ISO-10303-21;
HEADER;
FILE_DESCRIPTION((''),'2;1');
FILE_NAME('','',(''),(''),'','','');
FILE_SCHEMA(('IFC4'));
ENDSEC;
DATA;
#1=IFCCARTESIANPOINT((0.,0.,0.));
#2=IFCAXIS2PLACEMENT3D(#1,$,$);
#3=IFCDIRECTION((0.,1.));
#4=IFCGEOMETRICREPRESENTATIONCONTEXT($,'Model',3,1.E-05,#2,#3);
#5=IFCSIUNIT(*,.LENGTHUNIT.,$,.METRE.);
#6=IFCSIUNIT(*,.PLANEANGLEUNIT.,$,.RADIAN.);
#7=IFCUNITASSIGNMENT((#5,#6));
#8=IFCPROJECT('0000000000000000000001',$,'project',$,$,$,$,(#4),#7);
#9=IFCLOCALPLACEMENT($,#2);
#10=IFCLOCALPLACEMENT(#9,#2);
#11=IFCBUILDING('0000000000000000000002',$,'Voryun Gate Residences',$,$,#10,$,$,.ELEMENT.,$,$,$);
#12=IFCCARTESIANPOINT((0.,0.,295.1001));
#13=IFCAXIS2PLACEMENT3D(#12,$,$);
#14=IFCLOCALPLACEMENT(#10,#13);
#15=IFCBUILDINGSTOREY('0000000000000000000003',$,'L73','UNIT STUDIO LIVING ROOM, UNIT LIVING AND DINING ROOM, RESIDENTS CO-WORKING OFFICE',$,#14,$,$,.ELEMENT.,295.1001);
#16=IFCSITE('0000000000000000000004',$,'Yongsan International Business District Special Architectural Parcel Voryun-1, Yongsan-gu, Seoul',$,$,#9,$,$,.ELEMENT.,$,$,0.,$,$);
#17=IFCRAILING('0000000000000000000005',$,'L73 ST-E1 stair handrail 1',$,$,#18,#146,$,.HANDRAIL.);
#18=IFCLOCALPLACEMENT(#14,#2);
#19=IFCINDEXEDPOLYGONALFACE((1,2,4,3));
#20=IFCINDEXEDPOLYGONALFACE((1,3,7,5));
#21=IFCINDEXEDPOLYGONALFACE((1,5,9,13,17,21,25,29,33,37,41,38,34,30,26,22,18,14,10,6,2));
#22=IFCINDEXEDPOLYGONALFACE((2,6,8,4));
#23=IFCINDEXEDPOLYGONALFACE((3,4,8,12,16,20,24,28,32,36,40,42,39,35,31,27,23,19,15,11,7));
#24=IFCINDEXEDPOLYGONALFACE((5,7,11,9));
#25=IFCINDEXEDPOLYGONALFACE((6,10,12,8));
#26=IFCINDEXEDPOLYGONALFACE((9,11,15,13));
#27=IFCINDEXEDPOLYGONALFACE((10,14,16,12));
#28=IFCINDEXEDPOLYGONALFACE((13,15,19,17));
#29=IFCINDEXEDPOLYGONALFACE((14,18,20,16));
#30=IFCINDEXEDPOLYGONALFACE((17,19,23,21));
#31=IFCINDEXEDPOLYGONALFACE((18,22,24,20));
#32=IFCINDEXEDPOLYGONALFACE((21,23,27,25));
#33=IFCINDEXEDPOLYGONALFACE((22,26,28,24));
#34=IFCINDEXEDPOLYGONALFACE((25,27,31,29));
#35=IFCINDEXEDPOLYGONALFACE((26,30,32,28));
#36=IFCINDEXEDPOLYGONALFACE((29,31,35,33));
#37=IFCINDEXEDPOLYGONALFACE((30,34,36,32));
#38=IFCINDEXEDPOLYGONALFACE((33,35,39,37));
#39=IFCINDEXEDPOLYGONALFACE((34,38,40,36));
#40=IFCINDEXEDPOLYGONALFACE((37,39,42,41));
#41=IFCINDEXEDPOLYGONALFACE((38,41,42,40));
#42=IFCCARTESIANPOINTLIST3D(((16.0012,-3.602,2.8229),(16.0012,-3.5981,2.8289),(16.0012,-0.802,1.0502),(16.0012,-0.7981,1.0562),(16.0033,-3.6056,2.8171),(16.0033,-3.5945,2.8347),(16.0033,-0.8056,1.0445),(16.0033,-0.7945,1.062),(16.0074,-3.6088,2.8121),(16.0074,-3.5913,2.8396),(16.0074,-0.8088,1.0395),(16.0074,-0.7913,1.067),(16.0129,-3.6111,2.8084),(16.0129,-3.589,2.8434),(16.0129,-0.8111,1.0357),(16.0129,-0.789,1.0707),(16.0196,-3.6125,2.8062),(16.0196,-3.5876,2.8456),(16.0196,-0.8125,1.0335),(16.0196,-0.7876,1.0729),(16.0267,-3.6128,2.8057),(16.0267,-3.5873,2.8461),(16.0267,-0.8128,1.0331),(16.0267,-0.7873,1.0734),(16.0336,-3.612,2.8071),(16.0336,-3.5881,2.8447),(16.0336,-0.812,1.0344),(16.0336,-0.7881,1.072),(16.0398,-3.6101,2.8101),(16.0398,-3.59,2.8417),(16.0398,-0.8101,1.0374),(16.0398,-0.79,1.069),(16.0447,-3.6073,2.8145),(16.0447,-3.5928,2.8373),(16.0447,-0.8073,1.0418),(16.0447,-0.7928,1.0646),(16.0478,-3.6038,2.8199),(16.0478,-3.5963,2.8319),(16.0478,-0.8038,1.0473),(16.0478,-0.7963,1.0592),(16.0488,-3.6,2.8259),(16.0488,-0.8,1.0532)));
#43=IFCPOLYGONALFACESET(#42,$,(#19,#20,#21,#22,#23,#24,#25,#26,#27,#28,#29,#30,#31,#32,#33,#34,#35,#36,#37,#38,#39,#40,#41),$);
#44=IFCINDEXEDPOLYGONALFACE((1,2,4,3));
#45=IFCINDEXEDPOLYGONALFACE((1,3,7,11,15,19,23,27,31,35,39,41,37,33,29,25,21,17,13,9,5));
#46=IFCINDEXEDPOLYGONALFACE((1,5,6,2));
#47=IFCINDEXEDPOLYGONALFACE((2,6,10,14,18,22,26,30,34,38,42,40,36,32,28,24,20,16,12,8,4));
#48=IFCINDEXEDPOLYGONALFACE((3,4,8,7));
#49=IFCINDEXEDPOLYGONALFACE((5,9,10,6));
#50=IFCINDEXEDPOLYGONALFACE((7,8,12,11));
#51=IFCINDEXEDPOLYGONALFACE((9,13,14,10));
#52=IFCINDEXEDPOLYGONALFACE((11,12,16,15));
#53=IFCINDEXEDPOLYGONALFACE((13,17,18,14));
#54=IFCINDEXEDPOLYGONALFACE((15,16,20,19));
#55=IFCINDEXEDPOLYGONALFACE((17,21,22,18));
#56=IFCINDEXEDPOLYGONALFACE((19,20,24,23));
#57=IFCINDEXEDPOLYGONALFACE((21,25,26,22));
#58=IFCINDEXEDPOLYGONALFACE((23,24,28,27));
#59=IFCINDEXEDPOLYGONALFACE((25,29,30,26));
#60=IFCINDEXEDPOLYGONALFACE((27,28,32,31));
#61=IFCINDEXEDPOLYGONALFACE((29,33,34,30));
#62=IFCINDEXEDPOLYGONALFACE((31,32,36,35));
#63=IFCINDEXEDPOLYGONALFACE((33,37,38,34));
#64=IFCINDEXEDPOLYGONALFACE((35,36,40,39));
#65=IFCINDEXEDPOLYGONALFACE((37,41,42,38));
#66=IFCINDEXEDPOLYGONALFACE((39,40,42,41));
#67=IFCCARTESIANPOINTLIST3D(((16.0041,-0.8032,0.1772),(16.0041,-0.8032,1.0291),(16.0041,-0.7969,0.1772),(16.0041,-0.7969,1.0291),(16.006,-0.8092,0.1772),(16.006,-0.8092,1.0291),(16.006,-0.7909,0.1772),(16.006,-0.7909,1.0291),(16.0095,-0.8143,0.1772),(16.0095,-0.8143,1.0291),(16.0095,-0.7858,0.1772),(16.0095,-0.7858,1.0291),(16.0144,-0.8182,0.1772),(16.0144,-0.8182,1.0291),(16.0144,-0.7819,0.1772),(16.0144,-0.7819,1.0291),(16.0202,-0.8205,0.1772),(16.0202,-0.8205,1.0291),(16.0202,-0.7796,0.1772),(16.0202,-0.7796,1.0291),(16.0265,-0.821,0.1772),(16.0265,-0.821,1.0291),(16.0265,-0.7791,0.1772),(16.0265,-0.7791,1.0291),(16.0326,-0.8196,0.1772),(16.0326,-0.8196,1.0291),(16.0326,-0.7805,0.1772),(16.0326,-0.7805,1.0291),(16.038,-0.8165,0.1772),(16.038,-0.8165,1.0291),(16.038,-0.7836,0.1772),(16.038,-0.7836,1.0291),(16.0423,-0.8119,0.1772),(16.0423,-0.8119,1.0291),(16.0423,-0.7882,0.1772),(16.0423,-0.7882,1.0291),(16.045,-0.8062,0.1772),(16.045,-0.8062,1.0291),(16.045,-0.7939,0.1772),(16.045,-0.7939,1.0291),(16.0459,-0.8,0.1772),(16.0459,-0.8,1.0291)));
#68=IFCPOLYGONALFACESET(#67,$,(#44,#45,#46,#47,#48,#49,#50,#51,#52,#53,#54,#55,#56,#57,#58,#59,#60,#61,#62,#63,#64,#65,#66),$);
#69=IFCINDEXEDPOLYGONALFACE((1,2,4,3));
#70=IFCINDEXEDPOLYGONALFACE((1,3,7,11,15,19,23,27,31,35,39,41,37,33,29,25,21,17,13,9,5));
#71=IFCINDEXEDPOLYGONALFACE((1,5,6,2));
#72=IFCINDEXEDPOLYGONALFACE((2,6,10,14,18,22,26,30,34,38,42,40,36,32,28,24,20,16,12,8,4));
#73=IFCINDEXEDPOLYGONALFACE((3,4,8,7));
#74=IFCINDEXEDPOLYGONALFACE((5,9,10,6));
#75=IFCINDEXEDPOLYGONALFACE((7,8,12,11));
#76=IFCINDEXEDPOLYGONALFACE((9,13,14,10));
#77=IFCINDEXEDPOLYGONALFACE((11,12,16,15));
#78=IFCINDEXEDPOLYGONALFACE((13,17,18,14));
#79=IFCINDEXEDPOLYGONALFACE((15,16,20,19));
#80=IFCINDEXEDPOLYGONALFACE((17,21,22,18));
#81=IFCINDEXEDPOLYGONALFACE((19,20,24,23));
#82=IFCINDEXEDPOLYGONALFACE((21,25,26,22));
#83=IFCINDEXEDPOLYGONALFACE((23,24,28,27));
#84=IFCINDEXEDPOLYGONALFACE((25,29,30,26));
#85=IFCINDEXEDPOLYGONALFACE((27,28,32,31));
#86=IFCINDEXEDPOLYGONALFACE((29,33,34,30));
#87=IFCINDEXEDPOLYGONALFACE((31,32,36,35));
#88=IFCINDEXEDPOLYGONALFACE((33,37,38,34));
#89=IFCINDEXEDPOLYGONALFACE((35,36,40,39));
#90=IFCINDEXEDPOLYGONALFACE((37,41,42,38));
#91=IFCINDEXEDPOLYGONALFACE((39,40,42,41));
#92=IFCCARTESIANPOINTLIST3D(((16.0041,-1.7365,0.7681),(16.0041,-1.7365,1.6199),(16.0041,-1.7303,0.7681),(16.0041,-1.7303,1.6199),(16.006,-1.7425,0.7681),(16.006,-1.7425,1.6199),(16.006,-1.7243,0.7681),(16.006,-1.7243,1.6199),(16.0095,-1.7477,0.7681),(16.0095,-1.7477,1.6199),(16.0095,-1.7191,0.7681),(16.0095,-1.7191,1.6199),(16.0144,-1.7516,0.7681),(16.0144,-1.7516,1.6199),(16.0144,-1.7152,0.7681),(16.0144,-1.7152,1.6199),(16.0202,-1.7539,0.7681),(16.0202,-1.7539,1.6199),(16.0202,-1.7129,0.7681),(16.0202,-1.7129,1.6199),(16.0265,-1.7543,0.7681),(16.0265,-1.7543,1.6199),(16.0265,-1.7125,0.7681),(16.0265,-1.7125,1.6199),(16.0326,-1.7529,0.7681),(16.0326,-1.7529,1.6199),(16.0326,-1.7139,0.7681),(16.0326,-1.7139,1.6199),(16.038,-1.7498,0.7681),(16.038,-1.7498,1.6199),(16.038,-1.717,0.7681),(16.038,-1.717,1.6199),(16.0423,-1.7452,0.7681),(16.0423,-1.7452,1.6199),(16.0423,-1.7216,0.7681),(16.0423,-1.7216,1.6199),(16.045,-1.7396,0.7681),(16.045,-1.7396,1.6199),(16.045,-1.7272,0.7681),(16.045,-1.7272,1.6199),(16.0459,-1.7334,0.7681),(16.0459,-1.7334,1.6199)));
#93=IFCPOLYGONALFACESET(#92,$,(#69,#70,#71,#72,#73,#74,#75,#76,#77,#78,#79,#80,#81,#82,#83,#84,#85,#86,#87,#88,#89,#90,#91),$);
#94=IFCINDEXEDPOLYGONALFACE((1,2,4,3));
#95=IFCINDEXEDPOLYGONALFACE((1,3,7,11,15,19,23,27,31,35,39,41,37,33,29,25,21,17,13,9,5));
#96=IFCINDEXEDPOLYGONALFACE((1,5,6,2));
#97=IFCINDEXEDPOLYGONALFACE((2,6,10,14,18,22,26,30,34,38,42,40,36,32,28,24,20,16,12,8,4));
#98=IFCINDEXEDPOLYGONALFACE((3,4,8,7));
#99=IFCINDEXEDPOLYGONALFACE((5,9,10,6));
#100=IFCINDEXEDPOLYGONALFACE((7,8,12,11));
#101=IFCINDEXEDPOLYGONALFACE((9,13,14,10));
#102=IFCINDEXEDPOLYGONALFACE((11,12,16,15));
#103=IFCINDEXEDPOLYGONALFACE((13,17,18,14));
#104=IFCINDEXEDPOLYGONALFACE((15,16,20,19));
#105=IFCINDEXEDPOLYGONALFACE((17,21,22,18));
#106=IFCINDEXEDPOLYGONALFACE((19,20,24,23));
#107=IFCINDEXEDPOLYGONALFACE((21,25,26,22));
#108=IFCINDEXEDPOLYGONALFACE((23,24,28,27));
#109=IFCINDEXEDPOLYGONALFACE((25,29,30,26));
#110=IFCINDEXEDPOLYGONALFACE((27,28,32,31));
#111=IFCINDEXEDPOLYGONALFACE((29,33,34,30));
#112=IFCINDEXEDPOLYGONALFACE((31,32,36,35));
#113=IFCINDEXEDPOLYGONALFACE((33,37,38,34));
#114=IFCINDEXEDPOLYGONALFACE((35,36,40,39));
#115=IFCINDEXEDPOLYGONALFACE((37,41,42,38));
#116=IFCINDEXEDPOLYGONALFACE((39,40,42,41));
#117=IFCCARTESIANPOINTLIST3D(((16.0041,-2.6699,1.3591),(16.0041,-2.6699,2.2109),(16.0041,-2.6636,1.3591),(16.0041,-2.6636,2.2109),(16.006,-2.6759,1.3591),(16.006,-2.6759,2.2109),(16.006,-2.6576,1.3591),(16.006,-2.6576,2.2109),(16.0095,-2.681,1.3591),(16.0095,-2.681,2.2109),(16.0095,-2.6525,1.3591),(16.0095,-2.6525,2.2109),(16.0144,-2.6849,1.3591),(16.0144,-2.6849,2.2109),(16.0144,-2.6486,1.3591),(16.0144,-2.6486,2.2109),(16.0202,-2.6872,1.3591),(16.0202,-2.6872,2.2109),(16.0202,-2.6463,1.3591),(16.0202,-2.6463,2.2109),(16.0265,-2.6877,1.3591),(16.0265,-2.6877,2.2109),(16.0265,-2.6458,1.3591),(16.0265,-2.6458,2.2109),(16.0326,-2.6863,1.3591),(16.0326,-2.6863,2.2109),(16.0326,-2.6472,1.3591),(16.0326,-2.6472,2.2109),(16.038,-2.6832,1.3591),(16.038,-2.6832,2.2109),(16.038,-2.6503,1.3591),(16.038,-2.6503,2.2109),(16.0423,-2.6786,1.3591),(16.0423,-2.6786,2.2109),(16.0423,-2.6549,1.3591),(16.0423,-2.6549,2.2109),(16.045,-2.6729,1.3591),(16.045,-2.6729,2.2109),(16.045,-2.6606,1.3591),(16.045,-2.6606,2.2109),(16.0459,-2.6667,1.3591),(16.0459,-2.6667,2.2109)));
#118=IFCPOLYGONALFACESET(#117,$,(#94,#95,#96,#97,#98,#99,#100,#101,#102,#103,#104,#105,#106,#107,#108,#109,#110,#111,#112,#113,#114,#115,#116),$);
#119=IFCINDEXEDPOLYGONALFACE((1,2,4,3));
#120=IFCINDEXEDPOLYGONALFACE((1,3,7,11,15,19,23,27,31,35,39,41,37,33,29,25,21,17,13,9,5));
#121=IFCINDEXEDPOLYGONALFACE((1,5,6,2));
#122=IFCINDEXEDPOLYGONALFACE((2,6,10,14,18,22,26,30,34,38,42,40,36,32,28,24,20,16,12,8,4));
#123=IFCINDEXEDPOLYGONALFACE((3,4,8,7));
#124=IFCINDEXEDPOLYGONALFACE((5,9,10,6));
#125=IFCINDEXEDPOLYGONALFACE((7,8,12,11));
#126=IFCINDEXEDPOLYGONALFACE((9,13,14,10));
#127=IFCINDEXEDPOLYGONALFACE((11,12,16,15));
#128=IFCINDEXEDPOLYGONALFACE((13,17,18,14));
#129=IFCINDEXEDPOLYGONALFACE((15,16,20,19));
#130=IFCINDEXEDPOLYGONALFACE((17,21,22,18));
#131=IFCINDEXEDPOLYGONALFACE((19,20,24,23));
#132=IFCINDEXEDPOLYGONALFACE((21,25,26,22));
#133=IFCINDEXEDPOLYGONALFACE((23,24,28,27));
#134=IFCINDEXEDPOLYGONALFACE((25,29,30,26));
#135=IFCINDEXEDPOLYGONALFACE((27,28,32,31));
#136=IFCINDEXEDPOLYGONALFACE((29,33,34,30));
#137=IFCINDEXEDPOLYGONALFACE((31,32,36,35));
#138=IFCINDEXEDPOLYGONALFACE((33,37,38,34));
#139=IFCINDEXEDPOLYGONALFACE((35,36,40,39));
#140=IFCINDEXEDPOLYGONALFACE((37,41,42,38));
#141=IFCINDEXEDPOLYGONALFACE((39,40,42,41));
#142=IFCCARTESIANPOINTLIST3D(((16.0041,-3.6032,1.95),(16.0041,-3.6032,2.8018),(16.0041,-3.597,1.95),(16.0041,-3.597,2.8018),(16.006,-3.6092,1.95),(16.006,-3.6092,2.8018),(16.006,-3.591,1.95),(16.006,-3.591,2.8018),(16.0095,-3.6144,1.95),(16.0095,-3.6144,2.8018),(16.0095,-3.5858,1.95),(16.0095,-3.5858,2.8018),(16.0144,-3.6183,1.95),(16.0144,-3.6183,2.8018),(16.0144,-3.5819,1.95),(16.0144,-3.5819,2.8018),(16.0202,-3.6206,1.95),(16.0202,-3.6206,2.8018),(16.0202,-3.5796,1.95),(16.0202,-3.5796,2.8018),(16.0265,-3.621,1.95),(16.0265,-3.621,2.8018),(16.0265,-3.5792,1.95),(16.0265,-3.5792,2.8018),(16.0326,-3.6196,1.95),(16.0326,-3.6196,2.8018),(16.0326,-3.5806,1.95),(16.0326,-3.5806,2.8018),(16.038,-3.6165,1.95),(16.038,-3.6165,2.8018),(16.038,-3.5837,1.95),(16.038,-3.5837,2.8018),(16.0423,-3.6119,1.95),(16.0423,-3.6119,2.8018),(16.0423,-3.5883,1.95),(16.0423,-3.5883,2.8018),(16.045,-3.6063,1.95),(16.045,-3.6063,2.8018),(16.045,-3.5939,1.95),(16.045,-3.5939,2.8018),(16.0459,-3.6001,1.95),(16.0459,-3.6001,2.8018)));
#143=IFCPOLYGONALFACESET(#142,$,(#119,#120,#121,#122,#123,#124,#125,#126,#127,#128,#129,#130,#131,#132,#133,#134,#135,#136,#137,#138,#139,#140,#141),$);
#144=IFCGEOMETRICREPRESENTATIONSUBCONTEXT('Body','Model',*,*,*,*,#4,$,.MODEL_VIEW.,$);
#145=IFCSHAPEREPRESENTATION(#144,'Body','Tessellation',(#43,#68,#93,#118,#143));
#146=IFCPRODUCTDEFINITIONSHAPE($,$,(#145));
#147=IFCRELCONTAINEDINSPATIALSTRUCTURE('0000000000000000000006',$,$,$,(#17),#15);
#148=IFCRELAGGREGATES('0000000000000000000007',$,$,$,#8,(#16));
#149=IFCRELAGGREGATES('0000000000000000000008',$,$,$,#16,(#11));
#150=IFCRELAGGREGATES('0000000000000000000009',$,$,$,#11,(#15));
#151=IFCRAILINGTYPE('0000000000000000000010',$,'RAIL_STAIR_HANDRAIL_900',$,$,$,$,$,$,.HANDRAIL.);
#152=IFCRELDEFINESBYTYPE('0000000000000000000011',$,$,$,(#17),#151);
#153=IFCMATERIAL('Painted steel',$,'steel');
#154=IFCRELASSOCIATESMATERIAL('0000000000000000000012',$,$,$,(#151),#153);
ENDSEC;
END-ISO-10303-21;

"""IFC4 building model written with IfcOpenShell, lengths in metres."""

from ifc_helpers import new_model, si_unit, direction, frame, origin, origin_2d, place, context, subcontext, project, spatial, circle, extrude, material, type_object, element, save


model = new_model("IFC4")

# Units and contexts
model_context = context("Model", 3, precision=1e-05, world=origin(), true_north=direction((0.0, 1.0)))
body_context = subcontext(model_context, "Body", "Model", "MODEL_VIEW")
ifc_project = project(units=[si_unit("LENGTHUNIT", "METRE"), si_unit("PLANEANGLEUNIT", "RADIAN")], contexts=[model_context])

# Site, building, storey
site_placement = place(None, origin())
site = spatial("IfcSite", under=ifc_project, at=site_placement, Name="Yongsan International Business District Special Architectural Parcel Voryun-1, Yongsan-gu, Seoul", CompositionType="ELEMENT", RefElevation=0.0)
building_placement = place(site_placement, origin())
building = spatial("IfcBuilding", under=site, at=building_placement, Name="Voryun Gate Residences", CompositionType="ELEMENT")
storey_placement = place(building_placement, frame((0.0, 0.0, 295.1001)))
storey = spatial("IfcBuildingStorey", under=building, at=storey_placement, Name="L73", Description="UNIT STUDIO LIVING ROOM, UNIT LIVING AND DINING ROOM, RESIDENTS CO-WORKING OFFICE", CompositionType="ELEMENT", Elevation=295.1001)

# Railing
ifc_material_1 = material(Name="Painted steel", Category="steel")
railing_type_1 = type_object("IfcRailingType", Name="RAIL_STAIR_HANDRAIL_900", PredefinedType="HANDRAIL", material=ifc_material_1)
railing_1_placement = place(storey_placement, frame((16.0249, -0.8, 0.1772)))
element("IfcRailing", 1, at=railing_1_placement, inside=storey, type_object=railing_type_1, Name="L73 ST-E1 stair handrail 1", PredefinedType="HANDRAIL", context=body_context, shape_type="SweptSolid", body=[
    extrude(circle(Radius=0.0239, at=origin_2d()), frame((0.0, 0.0, 0.876), z_axis=(0.0, -0.844909, 0.53491), x_axis=(1.0, 0.0, 0.0)), (0.0, 0.0, 1.0), 3.314),
    extrude(circle(Radius=0.021, at=origin_2d()), origin(), (0.0, 0.0, 1.0), 0.8518),
    extrude(circle(Radius=0.021, at=origin_2d()), frame((0.0, -0.9333, 0.5908)), (0.0, 0.0, 1.0), 0.8518),
    extrude(circle(Radius=0.021, at=origin_2d()), frame((0.0, -1.8667, 1.1819)), (0.0, 0.0, 1.0), 0.8518),
    extrude(circle(Radius=0.021, at=origin_2d()), frame((0.0, -2.8, 1.7727)), (0.0, 0.0, 1.0), 0.8518),
])

save(model, "model.ifc")
